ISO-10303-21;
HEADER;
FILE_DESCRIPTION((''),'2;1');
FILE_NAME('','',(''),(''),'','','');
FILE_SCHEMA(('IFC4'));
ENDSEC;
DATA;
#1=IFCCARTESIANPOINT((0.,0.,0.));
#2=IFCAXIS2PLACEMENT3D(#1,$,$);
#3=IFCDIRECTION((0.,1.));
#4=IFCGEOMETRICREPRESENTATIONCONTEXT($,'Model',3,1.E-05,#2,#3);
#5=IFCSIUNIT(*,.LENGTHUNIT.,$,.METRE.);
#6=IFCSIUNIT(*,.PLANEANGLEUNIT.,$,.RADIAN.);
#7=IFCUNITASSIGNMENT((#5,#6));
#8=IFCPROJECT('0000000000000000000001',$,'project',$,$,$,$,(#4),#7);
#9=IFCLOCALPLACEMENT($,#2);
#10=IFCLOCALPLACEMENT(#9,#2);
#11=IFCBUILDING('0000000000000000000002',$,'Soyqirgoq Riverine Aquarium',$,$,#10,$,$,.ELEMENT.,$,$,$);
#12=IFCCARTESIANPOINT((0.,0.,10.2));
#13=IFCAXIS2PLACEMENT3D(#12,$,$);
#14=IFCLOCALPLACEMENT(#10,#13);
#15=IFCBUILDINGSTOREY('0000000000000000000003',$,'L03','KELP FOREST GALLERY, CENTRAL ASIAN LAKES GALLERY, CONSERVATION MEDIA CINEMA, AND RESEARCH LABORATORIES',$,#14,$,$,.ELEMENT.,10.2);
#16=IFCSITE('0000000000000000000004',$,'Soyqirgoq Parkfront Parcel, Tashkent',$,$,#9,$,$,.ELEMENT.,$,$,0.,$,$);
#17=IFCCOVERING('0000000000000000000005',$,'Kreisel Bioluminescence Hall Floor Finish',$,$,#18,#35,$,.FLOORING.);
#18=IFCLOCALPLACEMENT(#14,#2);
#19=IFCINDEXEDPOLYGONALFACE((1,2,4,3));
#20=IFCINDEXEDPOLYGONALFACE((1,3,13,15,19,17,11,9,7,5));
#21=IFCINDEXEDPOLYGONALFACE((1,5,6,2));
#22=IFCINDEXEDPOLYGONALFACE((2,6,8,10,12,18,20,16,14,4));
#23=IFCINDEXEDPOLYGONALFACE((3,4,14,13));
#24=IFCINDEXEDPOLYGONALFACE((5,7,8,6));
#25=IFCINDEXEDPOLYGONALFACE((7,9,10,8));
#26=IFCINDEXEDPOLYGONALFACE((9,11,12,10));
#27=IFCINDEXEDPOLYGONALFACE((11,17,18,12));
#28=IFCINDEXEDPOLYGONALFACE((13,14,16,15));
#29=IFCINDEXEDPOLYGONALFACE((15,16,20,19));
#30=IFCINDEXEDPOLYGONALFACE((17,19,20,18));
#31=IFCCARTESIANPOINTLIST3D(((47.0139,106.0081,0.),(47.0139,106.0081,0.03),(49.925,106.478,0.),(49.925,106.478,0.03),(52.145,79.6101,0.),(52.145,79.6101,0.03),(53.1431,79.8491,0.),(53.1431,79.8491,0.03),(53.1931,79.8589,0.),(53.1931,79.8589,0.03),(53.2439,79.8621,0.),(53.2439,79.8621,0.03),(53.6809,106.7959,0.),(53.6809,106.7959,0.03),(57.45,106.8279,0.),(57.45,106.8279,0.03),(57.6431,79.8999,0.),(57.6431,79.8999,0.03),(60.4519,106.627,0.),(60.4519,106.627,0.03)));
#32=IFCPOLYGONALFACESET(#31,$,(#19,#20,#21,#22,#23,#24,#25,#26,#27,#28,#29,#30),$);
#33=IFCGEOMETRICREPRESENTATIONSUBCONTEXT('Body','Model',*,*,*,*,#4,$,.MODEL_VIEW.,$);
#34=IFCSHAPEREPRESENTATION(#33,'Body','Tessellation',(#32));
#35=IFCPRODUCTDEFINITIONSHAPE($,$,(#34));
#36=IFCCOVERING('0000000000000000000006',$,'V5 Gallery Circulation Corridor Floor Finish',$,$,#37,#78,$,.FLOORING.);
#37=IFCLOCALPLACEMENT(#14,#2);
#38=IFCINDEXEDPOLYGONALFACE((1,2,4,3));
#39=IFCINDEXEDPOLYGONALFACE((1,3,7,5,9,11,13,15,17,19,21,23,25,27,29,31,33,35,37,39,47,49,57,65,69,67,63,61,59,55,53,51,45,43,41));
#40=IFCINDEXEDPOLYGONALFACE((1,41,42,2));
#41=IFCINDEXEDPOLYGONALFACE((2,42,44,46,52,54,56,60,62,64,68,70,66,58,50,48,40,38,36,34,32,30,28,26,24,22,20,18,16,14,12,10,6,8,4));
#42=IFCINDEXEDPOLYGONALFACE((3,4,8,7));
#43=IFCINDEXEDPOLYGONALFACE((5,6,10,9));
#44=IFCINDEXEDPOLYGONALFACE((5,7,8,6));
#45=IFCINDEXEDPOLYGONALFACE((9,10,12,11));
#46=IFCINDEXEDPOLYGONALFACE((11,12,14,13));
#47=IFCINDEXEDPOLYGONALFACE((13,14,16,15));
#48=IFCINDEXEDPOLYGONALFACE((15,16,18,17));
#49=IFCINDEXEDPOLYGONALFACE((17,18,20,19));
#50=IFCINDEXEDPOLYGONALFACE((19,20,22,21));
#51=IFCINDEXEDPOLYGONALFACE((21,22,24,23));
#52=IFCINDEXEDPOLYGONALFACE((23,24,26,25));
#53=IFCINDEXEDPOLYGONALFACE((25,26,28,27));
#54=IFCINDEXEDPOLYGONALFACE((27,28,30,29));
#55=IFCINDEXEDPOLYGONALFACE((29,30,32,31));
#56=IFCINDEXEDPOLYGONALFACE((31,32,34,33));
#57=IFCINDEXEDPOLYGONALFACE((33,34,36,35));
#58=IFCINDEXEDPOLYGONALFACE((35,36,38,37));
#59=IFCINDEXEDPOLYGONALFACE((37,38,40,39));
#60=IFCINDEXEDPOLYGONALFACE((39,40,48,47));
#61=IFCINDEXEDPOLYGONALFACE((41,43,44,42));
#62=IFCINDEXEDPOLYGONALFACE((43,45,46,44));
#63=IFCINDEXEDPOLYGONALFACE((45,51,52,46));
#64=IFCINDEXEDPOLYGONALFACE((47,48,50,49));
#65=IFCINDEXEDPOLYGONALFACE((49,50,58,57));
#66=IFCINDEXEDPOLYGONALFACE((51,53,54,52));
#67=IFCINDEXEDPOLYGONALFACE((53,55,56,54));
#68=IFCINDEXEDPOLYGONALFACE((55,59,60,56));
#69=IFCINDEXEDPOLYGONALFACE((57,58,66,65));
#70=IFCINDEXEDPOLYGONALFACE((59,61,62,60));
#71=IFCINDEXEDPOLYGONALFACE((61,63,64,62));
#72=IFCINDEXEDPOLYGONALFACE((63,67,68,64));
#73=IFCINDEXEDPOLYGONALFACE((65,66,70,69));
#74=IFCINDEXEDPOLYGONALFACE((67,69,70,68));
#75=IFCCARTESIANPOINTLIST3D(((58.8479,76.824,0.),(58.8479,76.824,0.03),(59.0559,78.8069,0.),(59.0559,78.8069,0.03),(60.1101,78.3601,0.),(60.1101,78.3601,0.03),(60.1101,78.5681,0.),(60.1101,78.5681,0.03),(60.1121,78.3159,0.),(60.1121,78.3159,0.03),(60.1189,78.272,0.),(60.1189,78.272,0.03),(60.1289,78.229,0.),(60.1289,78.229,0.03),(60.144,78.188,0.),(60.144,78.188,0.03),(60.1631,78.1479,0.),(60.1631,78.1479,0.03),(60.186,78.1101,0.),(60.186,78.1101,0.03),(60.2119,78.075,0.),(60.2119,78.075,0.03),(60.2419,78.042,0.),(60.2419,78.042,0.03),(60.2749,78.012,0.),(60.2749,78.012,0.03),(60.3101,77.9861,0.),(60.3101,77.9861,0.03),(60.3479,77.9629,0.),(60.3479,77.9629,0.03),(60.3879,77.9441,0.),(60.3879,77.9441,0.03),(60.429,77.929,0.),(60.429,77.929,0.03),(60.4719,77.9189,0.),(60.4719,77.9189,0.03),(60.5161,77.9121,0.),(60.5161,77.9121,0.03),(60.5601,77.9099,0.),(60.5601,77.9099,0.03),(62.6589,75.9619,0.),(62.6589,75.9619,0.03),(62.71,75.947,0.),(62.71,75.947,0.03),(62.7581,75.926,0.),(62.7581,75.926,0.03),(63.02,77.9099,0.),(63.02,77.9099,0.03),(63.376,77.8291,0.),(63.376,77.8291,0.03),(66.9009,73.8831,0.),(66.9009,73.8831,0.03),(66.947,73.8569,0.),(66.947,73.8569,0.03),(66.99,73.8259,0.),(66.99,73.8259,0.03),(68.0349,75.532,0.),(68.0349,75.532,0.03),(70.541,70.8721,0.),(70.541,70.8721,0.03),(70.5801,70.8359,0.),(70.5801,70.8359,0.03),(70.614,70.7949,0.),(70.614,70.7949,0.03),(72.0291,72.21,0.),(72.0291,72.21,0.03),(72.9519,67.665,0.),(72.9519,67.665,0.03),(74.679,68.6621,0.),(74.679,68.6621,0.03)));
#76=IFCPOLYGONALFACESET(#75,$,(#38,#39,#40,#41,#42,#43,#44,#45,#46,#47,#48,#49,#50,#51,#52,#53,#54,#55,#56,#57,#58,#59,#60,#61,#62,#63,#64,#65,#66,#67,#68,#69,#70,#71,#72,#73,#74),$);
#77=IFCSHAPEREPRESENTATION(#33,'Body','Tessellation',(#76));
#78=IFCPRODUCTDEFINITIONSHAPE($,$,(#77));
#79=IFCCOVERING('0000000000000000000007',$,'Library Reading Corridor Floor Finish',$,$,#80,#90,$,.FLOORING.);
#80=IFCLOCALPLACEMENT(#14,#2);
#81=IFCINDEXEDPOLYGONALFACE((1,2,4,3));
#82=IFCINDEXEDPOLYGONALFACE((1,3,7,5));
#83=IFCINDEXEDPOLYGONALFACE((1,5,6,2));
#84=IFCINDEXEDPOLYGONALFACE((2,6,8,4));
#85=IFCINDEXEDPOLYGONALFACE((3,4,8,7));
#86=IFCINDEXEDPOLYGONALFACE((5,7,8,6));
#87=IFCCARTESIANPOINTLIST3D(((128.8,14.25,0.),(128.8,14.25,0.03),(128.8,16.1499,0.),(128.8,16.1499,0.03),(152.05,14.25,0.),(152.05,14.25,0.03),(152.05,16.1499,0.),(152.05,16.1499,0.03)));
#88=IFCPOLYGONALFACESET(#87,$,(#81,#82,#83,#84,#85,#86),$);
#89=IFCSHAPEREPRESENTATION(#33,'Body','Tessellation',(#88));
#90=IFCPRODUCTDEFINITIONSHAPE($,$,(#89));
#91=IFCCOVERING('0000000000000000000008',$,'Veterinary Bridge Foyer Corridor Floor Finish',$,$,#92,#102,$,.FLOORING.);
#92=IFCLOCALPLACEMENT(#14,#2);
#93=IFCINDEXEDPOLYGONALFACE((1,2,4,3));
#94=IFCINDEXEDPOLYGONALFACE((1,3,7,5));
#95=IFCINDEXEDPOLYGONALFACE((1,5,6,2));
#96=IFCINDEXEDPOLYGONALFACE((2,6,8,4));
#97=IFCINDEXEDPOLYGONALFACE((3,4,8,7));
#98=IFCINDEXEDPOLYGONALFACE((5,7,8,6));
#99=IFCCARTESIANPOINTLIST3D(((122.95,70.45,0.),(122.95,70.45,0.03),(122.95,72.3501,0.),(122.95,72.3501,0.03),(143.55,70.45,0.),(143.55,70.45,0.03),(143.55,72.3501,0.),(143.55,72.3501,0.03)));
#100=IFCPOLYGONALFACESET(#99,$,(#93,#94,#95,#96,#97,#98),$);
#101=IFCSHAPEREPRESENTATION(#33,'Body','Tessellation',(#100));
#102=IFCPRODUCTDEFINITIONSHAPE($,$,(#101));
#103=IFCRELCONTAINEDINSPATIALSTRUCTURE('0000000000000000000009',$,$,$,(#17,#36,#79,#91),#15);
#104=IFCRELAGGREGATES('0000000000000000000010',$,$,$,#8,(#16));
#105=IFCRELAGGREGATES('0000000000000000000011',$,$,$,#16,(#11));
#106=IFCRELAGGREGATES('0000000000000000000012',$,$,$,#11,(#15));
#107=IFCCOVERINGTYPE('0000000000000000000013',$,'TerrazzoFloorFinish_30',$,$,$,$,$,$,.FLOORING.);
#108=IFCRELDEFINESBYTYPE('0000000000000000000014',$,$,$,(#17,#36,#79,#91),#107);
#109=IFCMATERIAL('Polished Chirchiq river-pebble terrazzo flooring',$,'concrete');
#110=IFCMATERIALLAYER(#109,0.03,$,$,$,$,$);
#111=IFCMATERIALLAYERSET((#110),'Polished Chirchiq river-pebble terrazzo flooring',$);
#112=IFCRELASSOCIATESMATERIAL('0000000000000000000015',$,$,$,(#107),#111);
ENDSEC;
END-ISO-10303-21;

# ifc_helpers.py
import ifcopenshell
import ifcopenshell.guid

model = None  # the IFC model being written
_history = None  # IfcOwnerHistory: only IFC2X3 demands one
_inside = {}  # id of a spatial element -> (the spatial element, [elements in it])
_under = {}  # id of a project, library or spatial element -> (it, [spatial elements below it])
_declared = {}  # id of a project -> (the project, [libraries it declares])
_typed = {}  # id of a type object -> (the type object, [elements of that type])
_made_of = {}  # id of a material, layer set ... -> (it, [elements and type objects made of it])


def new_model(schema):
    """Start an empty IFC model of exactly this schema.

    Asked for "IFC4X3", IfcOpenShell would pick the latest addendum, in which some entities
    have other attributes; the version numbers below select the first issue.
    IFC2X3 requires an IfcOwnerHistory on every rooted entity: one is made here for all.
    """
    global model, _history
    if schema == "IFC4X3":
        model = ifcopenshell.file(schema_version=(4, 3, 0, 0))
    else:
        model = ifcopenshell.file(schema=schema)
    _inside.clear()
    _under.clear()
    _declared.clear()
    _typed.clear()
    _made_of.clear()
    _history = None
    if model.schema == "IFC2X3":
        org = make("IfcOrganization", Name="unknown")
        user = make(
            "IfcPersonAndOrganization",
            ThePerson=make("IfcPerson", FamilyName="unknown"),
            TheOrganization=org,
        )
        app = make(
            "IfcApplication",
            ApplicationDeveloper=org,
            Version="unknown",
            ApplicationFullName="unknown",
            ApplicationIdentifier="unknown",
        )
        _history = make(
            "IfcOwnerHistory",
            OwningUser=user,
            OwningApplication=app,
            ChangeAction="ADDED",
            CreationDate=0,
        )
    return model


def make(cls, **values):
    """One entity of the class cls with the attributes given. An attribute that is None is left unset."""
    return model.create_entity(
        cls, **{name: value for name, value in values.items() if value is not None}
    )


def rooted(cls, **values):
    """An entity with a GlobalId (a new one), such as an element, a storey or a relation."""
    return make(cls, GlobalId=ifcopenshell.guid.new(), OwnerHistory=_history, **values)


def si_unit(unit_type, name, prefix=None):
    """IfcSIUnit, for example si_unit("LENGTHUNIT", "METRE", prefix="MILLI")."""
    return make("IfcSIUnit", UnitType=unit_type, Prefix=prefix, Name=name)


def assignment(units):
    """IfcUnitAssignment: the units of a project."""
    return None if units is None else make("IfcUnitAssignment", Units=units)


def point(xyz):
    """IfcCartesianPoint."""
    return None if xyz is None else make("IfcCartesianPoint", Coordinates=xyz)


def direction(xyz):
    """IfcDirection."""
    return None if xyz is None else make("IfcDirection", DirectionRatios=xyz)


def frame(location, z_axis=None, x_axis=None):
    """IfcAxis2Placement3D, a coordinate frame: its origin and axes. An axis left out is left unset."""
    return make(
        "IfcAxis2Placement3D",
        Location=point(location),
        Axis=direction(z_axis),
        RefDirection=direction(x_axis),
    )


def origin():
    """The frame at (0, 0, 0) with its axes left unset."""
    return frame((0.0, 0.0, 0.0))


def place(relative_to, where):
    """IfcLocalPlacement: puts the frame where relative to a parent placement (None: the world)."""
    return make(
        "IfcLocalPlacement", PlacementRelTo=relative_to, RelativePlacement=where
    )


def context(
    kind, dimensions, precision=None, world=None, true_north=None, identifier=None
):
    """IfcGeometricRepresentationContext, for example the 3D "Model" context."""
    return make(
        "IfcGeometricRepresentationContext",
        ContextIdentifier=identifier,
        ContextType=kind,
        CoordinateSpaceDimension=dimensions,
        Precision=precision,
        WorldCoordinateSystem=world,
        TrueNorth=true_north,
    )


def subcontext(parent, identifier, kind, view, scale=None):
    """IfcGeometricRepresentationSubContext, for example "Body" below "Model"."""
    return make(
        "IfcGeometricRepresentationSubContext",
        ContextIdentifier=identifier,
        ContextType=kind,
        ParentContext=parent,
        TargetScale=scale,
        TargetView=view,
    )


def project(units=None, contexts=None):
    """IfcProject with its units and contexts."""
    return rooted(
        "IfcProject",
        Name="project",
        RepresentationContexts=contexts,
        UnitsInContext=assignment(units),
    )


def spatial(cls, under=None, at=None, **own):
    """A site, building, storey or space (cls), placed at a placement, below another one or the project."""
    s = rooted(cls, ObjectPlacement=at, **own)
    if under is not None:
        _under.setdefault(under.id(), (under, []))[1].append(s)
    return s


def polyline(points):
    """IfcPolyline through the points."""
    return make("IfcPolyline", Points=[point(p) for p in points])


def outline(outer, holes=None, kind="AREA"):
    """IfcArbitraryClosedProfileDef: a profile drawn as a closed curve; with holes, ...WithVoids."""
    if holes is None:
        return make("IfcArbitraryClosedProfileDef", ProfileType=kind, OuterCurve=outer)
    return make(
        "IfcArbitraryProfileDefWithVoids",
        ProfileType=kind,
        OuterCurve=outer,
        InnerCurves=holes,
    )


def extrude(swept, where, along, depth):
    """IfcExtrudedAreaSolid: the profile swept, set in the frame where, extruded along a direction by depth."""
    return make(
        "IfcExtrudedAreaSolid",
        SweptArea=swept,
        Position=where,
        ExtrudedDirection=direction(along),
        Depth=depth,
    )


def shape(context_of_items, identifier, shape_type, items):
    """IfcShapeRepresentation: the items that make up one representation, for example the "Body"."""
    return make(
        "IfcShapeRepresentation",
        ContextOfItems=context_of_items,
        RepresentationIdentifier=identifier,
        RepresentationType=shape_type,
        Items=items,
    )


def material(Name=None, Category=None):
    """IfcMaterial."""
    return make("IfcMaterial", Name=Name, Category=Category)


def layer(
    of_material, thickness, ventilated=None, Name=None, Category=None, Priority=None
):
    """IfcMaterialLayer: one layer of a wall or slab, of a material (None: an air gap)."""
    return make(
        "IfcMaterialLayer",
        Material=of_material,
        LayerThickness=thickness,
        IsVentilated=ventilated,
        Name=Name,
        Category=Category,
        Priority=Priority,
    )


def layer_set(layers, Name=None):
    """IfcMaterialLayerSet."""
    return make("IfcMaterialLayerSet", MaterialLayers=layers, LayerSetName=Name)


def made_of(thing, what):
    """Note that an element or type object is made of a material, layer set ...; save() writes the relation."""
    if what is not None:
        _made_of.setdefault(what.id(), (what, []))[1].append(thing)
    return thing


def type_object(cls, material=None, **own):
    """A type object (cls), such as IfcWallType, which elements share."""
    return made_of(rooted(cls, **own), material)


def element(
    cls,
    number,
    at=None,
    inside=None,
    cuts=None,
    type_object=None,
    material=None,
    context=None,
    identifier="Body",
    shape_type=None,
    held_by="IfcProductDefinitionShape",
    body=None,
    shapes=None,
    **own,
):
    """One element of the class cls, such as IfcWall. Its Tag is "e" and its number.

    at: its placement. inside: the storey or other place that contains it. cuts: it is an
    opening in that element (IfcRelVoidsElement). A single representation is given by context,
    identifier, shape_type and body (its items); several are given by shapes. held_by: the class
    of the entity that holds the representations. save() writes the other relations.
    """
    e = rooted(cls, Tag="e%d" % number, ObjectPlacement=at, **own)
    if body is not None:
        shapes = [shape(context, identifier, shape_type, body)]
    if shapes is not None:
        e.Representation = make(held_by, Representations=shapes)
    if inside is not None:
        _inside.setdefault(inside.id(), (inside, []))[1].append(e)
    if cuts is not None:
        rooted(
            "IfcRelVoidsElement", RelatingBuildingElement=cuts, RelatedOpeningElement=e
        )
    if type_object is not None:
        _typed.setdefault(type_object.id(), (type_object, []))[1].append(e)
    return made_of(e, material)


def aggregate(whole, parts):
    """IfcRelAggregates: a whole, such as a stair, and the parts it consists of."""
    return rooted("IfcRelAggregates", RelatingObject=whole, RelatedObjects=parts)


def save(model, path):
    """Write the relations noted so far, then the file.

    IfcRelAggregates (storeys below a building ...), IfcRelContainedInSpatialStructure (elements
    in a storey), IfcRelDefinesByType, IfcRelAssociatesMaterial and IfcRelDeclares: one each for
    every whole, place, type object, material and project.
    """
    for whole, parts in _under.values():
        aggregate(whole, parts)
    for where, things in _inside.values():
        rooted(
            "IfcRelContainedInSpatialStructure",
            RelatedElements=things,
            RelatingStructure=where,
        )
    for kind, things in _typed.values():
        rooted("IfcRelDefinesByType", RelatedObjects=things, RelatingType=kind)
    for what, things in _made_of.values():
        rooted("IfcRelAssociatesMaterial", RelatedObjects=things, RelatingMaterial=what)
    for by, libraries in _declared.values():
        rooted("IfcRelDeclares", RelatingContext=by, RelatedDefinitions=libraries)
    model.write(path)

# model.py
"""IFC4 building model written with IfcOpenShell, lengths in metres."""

from ifc_helpers import new_model, si_unit, direction, frame, origin, place, context, subcontext, project, spatial, polyline, outline, extrude, material, layer, layer_set, type_object, element, save


model = new_model("IFC4")

# Units and contexts
model_context = context("Model", 3, precision=1e-05, world=origin(), true_north=direction((0.0, 1.0)))
body_context = subcontext(model_context, "Body", "Model", "MODEL_VIEW")
ifc_project = project(units=[si_unit("LENGTHUNIT", "METRE"), si_unit("PLANEANGLEUNIT", "RADIAN")], contexts=[model_context])

# Site, building, storey
site_placement = place(None, origin())
site = spatial("IfcSite", under=ifc_project, at=site_placement, Name="Soyqirgoq Parkfront Parcel, Tashkent", CompositionType="ELEMENT", RefElevation=0.0)
building_placement = place(site_placement, origin())
building = spatial("IfcBuilding", under=site, at=building_placement, Name="Soyqirgoq Riverine Aquarium", CompositionType="ELEMENT")
storey_placement = place(building_placement, frame((0.0, 0.0, 10.2)))
storey = spatial("IfcBuildingStorey", under=building, at=storey_placement, Name="L03", Description="KELP FOREST GALLERY, CENTRAL ASIAN LAKES GALLERY, CONSERVATION MEDIA CINEMA, AND RESEARCH LABORATORIES", CompositionType="ELEMENT", Elevation=10.2)

# Coverings
ifc_material_1 = material(Name="Polished Chirchiq river-pebble terrazzo flooring", Category="concrete")
ifc_layer_1 = layer(ifc_material_1, 0.03)
ifc_layer_set_1 = layer_set([ifc_layer_1], Name="Polished Chirchiq river-pebble terrazzo flooring")
covering_type_1 = type_object("IfcCoveringType", Name="TerrazzoFloorFinish_30", PredefinedType="FLOORING", material=ifc_layer_set_1)
covering_1_placement = place(storey_placement, origin())
element("IfcCovering", 1, at=covering_1_placement, inside=storey, type_object=covering_type_1, Name="Kreisel Bioluminescence Hall Floor Finish", PredefinedType="FLOORING", context=body_context, shape_type="SweptSolid", body=[
    extrude(outline(polyline([(49.925, 106.478), (53.6809, 106.7959), (57.45, 106.8279), (60.4519, 106.627), (57.6431, 79.8999), (53.2439, 79.8621), (53.1931, 79.8589), (53.1431, 79.8491), (52.145, 79.6101), (47.0139, 106.0081), (49.925, 106.478)])), origin(), (0.0, 0.0, 1.0), 0.03),
])
covering_2_placement = place(storey_placement, origin())
element("IfcCovering", 2, at=covering_2_placement, inside=storey, type_object=covering_type_1, Name="V5 Gallery Circulation Corridor Floor Finish", PredefinedType="FLOORING", context=body_context, shape_type="SweptSolid", body=[
    extrude(outline(polyline([(59.0559, 78.8069), (60.1101, 78.5681), (60.1101, 78.3601), (60.1121, 78.3159), (60.1189, 78.272), (60.1289, 78.229), (60.144, 78.188), (60.1631, 78.1479), (60.186, 78.1101), (60.2119, 78.075), (60.2419, 78.042), (60.2749, 78.012), (60.3101, 77.9861), (60.3479, 77.9629), (60.3879, 77.9441), (60.429, 77.929), (60.4719, 77.9189), (60.5161, 77.9121), (60.5601, 77.9099), (63.02, 77.9099), (63.376, 77.8291), (68.0349, 75.532), (72.0291, 72.21), (74.679, 68.6621), (72.9519, 67.665), (70.614, 70.7949), (70.5801, 70.8359), (70.541, 70.8721), (66.99, 73.8259), (66.947, 73.8569), (66.9009, 73.8831), (62.7581, 75.926), (62.71, 75.947), (62.6589, 75.9619), (58.8479, 76.824), (59.0559, 78.8069)])), origin(), (0.0, 0.0, 1.0), 0.03),
])
covering_3_placement = place(storey_placement, origin())
element("IfcCovering", 3, at=covering_3_placement, inside=storey, type_object=covering_type_1, Name="Library Reading Corridor Floor Finish", PredefinedType="FLOORING", context=body_context, shape_type="SweptSolid", body=[
    extrude(outline(polyline([(152.05, 16.1499), (152.05, 14.25), (128.8, 14.25), (128.8, 16.1499), (152.05, 16.1499)])), origin(), (0.0, 0.0, 1.0), 0.03),
])
covering_4_placement = place(storey_placement, origin())
element("IfcCovering", 4, at=covering_4_placement, inside=storey, type_object=covering_type_1, Name="Veterinary Bridge Foyer Corridor Floor Finish", PredefinedType="FLOORING", context=body_context, shape_type="SweptSolid", body=[
    extrude(outline(polyline([(122.95, 70.45), (122.95, 72.3501), (143.55, 72.3501), (143.55, 70.45), (122.95, 70.45)])), origin(), (0.0, 0.0, 1.0), 0.03),
])

save(model, "model.ifc")
